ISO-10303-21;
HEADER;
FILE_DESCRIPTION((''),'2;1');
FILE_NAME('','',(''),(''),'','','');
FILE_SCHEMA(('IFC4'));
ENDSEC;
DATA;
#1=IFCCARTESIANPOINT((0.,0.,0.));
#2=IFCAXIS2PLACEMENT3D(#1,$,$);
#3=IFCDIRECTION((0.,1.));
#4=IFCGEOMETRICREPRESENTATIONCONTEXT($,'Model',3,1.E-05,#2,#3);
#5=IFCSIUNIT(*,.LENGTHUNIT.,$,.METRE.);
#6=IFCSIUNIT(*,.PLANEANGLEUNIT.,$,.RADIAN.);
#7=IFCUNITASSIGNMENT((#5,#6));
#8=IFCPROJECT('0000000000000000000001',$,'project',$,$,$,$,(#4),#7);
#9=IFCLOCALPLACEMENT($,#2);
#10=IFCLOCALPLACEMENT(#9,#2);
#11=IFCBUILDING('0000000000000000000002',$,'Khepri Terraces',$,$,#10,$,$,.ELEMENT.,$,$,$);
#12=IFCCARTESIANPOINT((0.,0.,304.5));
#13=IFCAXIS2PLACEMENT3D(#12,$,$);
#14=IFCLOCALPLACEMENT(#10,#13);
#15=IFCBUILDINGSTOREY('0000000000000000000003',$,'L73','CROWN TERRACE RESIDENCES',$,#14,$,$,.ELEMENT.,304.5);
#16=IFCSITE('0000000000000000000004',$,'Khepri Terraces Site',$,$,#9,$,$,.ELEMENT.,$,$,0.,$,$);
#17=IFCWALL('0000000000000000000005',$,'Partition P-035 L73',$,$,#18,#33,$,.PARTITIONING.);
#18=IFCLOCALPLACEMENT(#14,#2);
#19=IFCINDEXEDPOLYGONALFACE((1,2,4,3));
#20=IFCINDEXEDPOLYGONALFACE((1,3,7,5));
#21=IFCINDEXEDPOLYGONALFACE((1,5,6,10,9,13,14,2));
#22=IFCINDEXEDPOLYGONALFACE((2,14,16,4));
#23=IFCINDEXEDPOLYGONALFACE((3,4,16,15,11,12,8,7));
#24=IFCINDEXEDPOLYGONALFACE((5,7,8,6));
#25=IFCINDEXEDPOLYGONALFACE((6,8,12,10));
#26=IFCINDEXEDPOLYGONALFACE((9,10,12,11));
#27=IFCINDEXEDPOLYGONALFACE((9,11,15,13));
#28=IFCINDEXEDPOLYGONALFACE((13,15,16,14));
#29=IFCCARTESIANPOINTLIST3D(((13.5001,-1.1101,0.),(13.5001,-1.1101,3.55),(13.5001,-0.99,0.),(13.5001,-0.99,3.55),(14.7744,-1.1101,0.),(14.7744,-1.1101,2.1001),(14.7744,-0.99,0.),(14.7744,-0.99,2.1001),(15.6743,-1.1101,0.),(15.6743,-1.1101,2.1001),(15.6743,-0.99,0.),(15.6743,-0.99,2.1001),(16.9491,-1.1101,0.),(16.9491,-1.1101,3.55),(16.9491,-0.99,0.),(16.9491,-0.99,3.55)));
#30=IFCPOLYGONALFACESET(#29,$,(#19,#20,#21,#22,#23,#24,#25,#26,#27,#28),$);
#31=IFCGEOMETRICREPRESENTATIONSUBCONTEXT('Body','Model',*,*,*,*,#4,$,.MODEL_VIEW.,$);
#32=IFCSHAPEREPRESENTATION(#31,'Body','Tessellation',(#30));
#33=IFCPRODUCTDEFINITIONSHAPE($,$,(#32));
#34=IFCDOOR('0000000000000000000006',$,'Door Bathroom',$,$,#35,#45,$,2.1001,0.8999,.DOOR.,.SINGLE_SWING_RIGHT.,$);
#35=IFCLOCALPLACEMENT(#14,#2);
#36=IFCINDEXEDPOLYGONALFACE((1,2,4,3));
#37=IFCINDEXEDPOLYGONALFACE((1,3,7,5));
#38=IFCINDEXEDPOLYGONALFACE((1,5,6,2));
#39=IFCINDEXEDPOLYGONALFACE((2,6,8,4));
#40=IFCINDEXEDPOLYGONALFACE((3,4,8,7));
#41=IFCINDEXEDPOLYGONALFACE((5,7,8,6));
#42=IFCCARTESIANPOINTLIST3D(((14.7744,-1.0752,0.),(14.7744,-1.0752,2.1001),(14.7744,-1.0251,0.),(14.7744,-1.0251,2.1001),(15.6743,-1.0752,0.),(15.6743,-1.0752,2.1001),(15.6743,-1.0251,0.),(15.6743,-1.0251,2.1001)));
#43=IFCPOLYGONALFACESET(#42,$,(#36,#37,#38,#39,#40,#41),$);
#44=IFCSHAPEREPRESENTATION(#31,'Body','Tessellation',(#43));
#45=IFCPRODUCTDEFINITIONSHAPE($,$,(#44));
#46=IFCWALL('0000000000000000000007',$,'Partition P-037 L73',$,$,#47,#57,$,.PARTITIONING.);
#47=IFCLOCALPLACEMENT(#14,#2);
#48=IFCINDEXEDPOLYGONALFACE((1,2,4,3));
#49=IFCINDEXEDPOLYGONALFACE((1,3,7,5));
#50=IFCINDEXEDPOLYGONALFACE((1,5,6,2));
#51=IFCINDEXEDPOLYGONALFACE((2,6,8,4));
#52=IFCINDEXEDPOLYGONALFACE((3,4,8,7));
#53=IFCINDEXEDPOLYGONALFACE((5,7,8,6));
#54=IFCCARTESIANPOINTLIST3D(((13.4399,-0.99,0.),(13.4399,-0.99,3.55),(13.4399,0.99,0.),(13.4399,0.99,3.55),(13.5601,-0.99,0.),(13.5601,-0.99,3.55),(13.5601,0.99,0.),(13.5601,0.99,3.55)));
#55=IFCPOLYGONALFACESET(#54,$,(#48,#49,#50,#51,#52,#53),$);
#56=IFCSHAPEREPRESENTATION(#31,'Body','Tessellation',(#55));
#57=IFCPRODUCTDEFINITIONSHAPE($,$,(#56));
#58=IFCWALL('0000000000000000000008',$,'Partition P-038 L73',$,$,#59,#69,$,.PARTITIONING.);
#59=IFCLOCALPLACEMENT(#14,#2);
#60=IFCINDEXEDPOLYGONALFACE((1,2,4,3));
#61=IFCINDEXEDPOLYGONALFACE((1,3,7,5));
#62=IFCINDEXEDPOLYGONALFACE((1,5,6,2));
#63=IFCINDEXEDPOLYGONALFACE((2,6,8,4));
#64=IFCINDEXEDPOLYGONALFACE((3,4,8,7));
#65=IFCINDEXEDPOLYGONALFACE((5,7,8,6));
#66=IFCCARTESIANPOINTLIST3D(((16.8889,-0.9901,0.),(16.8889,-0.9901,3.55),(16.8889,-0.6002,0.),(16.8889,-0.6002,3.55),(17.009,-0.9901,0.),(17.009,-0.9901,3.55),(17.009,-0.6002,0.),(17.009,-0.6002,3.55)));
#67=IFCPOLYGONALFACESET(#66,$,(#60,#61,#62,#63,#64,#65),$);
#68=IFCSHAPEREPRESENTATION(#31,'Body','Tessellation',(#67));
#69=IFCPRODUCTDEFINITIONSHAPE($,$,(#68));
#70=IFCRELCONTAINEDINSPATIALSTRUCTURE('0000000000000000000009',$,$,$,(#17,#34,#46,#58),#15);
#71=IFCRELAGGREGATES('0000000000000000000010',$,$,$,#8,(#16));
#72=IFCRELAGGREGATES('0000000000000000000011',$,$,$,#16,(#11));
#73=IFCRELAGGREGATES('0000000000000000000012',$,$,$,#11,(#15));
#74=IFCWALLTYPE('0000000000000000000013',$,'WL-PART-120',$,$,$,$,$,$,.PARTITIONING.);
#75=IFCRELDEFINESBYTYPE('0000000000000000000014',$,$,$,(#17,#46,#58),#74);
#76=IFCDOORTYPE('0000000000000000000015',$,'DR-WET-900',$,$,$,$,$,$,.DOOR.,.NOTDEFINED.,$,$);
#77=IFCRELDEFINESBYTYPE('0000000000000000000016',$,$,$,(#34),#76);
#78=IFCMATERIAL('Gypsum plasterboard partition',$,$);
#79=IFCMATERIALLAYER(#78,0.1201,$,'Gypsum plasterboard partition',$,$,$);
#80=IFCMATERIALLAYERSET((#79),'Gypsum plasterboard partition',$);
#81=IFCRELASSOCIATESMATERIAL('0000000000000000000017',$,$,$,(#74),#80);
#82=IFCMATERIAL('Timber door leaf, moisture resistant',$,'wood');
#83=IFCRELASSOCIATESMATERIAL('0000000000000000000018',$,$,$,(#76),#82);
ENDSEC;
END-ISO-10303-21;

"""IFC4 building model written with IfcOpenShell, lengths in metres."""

from ifc_helpers import new_model, si_unit, direction, frame, frame_2d, origin, place, context, subcontext, project, spatial, rectangle, extrude, material, layer, layer_set, type_object, element, fill, save


model = new_model("IFC4")

# Units and contexts
model_context = context("Model", 3, precision=1e-05, world=origin(), true_north=direction((0.0, 1.0)))
body_context = subcontext(model_context, "Body", "Model", "MODEL_VIEW")
ifc_project = project(units=[si_unit("LENGTHUNIT", "METRE"), si_unit("PLANEANGLEUNIT", "RADIAN")], contexts=[model_context])

# Site, building, storey
site_placement = place(None, origin())
site = spatial("IfcSite", under=ifc_project, at=site_placement, Name="Khepri Terraces Site", CompositionType="ELEMENT", RefElevation=0.0)
building_placement = place(site_placement, origin())
building = spatial("IfcBuilding", under=site, at=building_placement, Name="Khepri Terraces", CompositionType="ELEMENT")
storey_placement = place(building_placement, frame((0.0, 0.0, 304.5)))
storey = spatial("IfcBuildingStorey", under=building, at=storey_placement, Name="L73", Description="CROWN TERRACE RESIDENCES", CompositionType="ELEMENT", Elevation=304.5)

# Shared definitions
ifc_material_1 = material(Name="Gypsum plasterboard partition")
ifc_layer_1 = layer(ifc_material_1, 0.1201, Name="Gypsum plasterboard partition")
ifc_layer_set_1 = layer_set([ifc_layer_1], Name="Gypsum plasterboard partition")
wall_type_1 = type_object("IfcWallType", Name="WL-PART-120", PredefinedType="PARTITIONING", material=ifc_layer_set_1)

# Wall, opening, door
wall_1_placement = place(storey_placement, frame((13.5, -1.05, 0.0), z_axis=(0.0, 0.0, 1.0), x_axis=(1.0, 0.0, 0.0)))
wall_1 = element("IfcWall", 1, at=wall_1_placement, inside=storey, type_object=wall_type_1, Name="Partition P-035 L73", PredefinedType="PARTITIONING", context=body_context, shape_type="SweptSolid", body=[
    extrude(rectangle(XDim=3.449, YDim=0.1201, at=frame_2d((1.7246, 0.0))), origin(), (0.0, 0.0, 1.0), 3.55),
])
opening_1_placement = place(wall_1_placement, frame((1.2744, 0.0, 0.0)))
opening_1 = element("IfcOpeningElement", 2, at=opening_1_placement, cuts=wall_1, PredefinedType="OPENING", context=body_context, shape_type="SweptSolid", body=[
    extrude(rectangle(XDim=0.8999, YDim=2.1001, at=frame_2d((0.45, 1.05))), frame((0.0, 0.0701, 0.0), z_axis=(0.0, -1.0, 0.0), x_axis=(1.0, 0.0, 0.0)), (0.0, 0.0, 1.0), 0.1401),
])
ifc_material_2 = material(Name="Timber door leaf, moisture resistant", Category="wood")
door_type_1 = type_object("IfcDoorType", Name="DR-WET-900", OperationType="NOTDEFINED", PredefinedType="DOOR", material=ifc_material_2)
door_1_placement = place(opening_1_placement, origin())
door_1 = element("IfcDoor", 3, at=door_1_placement, inside=storey, type_object=door_type_1, Name="Door Bathroom", OperationType="SINGLE_SWING_RIGHT", OverallHeight=2.1001, OverallWidth=0.8999, PredefinedType="DOOR", context=body_context, shape_type="SweptSolid", body=[
    extrude(rectangle(XDim=0.8999, YDim=2.1001, at=frame_2d((0.45, 1.05))), frame((0.0, 0.0249, 0.0), z_axis=(0.0, -1.0, 0.0), x_axis=(1.0, 0.0, 0.0)), (0.0, 0.0, 1.0), 0.05),
])
fill(opening_1, door_1)

# Walls
wall_2_placement = place(storey_placement, frame((13.5, -0.99, 0.0), z_axis=(0.0, 0.0, 1.0), x_axis=(0.0, 1.0, 0.0)))
element("IfcWall", 4, at=wall_2_placement, inside=storey, type_object=wall_type_1, Name="Partition P-037 L73", PredefinedType="PARTITIONING", context=body_context, shape_type="SweptSolid", body=[
    extrude(rectangle(XDim=1.98, YDim=0.1201, at=frame_2d((0.99, 0.0))), origin(), (0.0, 0.0, 1.0), 3.55),
])
wall_3_placement = place(storey_placement, frame((16.949, -0.99, 0.0), z_axis=(0.0, 0.0, 1.0), x_axis=(0.0, 1.0, 0.0)))
element("IfcWall", 5, at=wall_3_placement, inside=storey, type_object=wall_type_1, Name="Partition P-038 L73", PredefinedType="PARTITIONING", context=body_context, shape_type="SweptSolid", body=[
    extrude(rectangle(XDim=0.3899, YDim=0.1201, at=frame_2d((0.1948, 0.0))), origin(), (0.0, 0.0, 1.0), 3.55),
])

save(model, "model.ifc")
